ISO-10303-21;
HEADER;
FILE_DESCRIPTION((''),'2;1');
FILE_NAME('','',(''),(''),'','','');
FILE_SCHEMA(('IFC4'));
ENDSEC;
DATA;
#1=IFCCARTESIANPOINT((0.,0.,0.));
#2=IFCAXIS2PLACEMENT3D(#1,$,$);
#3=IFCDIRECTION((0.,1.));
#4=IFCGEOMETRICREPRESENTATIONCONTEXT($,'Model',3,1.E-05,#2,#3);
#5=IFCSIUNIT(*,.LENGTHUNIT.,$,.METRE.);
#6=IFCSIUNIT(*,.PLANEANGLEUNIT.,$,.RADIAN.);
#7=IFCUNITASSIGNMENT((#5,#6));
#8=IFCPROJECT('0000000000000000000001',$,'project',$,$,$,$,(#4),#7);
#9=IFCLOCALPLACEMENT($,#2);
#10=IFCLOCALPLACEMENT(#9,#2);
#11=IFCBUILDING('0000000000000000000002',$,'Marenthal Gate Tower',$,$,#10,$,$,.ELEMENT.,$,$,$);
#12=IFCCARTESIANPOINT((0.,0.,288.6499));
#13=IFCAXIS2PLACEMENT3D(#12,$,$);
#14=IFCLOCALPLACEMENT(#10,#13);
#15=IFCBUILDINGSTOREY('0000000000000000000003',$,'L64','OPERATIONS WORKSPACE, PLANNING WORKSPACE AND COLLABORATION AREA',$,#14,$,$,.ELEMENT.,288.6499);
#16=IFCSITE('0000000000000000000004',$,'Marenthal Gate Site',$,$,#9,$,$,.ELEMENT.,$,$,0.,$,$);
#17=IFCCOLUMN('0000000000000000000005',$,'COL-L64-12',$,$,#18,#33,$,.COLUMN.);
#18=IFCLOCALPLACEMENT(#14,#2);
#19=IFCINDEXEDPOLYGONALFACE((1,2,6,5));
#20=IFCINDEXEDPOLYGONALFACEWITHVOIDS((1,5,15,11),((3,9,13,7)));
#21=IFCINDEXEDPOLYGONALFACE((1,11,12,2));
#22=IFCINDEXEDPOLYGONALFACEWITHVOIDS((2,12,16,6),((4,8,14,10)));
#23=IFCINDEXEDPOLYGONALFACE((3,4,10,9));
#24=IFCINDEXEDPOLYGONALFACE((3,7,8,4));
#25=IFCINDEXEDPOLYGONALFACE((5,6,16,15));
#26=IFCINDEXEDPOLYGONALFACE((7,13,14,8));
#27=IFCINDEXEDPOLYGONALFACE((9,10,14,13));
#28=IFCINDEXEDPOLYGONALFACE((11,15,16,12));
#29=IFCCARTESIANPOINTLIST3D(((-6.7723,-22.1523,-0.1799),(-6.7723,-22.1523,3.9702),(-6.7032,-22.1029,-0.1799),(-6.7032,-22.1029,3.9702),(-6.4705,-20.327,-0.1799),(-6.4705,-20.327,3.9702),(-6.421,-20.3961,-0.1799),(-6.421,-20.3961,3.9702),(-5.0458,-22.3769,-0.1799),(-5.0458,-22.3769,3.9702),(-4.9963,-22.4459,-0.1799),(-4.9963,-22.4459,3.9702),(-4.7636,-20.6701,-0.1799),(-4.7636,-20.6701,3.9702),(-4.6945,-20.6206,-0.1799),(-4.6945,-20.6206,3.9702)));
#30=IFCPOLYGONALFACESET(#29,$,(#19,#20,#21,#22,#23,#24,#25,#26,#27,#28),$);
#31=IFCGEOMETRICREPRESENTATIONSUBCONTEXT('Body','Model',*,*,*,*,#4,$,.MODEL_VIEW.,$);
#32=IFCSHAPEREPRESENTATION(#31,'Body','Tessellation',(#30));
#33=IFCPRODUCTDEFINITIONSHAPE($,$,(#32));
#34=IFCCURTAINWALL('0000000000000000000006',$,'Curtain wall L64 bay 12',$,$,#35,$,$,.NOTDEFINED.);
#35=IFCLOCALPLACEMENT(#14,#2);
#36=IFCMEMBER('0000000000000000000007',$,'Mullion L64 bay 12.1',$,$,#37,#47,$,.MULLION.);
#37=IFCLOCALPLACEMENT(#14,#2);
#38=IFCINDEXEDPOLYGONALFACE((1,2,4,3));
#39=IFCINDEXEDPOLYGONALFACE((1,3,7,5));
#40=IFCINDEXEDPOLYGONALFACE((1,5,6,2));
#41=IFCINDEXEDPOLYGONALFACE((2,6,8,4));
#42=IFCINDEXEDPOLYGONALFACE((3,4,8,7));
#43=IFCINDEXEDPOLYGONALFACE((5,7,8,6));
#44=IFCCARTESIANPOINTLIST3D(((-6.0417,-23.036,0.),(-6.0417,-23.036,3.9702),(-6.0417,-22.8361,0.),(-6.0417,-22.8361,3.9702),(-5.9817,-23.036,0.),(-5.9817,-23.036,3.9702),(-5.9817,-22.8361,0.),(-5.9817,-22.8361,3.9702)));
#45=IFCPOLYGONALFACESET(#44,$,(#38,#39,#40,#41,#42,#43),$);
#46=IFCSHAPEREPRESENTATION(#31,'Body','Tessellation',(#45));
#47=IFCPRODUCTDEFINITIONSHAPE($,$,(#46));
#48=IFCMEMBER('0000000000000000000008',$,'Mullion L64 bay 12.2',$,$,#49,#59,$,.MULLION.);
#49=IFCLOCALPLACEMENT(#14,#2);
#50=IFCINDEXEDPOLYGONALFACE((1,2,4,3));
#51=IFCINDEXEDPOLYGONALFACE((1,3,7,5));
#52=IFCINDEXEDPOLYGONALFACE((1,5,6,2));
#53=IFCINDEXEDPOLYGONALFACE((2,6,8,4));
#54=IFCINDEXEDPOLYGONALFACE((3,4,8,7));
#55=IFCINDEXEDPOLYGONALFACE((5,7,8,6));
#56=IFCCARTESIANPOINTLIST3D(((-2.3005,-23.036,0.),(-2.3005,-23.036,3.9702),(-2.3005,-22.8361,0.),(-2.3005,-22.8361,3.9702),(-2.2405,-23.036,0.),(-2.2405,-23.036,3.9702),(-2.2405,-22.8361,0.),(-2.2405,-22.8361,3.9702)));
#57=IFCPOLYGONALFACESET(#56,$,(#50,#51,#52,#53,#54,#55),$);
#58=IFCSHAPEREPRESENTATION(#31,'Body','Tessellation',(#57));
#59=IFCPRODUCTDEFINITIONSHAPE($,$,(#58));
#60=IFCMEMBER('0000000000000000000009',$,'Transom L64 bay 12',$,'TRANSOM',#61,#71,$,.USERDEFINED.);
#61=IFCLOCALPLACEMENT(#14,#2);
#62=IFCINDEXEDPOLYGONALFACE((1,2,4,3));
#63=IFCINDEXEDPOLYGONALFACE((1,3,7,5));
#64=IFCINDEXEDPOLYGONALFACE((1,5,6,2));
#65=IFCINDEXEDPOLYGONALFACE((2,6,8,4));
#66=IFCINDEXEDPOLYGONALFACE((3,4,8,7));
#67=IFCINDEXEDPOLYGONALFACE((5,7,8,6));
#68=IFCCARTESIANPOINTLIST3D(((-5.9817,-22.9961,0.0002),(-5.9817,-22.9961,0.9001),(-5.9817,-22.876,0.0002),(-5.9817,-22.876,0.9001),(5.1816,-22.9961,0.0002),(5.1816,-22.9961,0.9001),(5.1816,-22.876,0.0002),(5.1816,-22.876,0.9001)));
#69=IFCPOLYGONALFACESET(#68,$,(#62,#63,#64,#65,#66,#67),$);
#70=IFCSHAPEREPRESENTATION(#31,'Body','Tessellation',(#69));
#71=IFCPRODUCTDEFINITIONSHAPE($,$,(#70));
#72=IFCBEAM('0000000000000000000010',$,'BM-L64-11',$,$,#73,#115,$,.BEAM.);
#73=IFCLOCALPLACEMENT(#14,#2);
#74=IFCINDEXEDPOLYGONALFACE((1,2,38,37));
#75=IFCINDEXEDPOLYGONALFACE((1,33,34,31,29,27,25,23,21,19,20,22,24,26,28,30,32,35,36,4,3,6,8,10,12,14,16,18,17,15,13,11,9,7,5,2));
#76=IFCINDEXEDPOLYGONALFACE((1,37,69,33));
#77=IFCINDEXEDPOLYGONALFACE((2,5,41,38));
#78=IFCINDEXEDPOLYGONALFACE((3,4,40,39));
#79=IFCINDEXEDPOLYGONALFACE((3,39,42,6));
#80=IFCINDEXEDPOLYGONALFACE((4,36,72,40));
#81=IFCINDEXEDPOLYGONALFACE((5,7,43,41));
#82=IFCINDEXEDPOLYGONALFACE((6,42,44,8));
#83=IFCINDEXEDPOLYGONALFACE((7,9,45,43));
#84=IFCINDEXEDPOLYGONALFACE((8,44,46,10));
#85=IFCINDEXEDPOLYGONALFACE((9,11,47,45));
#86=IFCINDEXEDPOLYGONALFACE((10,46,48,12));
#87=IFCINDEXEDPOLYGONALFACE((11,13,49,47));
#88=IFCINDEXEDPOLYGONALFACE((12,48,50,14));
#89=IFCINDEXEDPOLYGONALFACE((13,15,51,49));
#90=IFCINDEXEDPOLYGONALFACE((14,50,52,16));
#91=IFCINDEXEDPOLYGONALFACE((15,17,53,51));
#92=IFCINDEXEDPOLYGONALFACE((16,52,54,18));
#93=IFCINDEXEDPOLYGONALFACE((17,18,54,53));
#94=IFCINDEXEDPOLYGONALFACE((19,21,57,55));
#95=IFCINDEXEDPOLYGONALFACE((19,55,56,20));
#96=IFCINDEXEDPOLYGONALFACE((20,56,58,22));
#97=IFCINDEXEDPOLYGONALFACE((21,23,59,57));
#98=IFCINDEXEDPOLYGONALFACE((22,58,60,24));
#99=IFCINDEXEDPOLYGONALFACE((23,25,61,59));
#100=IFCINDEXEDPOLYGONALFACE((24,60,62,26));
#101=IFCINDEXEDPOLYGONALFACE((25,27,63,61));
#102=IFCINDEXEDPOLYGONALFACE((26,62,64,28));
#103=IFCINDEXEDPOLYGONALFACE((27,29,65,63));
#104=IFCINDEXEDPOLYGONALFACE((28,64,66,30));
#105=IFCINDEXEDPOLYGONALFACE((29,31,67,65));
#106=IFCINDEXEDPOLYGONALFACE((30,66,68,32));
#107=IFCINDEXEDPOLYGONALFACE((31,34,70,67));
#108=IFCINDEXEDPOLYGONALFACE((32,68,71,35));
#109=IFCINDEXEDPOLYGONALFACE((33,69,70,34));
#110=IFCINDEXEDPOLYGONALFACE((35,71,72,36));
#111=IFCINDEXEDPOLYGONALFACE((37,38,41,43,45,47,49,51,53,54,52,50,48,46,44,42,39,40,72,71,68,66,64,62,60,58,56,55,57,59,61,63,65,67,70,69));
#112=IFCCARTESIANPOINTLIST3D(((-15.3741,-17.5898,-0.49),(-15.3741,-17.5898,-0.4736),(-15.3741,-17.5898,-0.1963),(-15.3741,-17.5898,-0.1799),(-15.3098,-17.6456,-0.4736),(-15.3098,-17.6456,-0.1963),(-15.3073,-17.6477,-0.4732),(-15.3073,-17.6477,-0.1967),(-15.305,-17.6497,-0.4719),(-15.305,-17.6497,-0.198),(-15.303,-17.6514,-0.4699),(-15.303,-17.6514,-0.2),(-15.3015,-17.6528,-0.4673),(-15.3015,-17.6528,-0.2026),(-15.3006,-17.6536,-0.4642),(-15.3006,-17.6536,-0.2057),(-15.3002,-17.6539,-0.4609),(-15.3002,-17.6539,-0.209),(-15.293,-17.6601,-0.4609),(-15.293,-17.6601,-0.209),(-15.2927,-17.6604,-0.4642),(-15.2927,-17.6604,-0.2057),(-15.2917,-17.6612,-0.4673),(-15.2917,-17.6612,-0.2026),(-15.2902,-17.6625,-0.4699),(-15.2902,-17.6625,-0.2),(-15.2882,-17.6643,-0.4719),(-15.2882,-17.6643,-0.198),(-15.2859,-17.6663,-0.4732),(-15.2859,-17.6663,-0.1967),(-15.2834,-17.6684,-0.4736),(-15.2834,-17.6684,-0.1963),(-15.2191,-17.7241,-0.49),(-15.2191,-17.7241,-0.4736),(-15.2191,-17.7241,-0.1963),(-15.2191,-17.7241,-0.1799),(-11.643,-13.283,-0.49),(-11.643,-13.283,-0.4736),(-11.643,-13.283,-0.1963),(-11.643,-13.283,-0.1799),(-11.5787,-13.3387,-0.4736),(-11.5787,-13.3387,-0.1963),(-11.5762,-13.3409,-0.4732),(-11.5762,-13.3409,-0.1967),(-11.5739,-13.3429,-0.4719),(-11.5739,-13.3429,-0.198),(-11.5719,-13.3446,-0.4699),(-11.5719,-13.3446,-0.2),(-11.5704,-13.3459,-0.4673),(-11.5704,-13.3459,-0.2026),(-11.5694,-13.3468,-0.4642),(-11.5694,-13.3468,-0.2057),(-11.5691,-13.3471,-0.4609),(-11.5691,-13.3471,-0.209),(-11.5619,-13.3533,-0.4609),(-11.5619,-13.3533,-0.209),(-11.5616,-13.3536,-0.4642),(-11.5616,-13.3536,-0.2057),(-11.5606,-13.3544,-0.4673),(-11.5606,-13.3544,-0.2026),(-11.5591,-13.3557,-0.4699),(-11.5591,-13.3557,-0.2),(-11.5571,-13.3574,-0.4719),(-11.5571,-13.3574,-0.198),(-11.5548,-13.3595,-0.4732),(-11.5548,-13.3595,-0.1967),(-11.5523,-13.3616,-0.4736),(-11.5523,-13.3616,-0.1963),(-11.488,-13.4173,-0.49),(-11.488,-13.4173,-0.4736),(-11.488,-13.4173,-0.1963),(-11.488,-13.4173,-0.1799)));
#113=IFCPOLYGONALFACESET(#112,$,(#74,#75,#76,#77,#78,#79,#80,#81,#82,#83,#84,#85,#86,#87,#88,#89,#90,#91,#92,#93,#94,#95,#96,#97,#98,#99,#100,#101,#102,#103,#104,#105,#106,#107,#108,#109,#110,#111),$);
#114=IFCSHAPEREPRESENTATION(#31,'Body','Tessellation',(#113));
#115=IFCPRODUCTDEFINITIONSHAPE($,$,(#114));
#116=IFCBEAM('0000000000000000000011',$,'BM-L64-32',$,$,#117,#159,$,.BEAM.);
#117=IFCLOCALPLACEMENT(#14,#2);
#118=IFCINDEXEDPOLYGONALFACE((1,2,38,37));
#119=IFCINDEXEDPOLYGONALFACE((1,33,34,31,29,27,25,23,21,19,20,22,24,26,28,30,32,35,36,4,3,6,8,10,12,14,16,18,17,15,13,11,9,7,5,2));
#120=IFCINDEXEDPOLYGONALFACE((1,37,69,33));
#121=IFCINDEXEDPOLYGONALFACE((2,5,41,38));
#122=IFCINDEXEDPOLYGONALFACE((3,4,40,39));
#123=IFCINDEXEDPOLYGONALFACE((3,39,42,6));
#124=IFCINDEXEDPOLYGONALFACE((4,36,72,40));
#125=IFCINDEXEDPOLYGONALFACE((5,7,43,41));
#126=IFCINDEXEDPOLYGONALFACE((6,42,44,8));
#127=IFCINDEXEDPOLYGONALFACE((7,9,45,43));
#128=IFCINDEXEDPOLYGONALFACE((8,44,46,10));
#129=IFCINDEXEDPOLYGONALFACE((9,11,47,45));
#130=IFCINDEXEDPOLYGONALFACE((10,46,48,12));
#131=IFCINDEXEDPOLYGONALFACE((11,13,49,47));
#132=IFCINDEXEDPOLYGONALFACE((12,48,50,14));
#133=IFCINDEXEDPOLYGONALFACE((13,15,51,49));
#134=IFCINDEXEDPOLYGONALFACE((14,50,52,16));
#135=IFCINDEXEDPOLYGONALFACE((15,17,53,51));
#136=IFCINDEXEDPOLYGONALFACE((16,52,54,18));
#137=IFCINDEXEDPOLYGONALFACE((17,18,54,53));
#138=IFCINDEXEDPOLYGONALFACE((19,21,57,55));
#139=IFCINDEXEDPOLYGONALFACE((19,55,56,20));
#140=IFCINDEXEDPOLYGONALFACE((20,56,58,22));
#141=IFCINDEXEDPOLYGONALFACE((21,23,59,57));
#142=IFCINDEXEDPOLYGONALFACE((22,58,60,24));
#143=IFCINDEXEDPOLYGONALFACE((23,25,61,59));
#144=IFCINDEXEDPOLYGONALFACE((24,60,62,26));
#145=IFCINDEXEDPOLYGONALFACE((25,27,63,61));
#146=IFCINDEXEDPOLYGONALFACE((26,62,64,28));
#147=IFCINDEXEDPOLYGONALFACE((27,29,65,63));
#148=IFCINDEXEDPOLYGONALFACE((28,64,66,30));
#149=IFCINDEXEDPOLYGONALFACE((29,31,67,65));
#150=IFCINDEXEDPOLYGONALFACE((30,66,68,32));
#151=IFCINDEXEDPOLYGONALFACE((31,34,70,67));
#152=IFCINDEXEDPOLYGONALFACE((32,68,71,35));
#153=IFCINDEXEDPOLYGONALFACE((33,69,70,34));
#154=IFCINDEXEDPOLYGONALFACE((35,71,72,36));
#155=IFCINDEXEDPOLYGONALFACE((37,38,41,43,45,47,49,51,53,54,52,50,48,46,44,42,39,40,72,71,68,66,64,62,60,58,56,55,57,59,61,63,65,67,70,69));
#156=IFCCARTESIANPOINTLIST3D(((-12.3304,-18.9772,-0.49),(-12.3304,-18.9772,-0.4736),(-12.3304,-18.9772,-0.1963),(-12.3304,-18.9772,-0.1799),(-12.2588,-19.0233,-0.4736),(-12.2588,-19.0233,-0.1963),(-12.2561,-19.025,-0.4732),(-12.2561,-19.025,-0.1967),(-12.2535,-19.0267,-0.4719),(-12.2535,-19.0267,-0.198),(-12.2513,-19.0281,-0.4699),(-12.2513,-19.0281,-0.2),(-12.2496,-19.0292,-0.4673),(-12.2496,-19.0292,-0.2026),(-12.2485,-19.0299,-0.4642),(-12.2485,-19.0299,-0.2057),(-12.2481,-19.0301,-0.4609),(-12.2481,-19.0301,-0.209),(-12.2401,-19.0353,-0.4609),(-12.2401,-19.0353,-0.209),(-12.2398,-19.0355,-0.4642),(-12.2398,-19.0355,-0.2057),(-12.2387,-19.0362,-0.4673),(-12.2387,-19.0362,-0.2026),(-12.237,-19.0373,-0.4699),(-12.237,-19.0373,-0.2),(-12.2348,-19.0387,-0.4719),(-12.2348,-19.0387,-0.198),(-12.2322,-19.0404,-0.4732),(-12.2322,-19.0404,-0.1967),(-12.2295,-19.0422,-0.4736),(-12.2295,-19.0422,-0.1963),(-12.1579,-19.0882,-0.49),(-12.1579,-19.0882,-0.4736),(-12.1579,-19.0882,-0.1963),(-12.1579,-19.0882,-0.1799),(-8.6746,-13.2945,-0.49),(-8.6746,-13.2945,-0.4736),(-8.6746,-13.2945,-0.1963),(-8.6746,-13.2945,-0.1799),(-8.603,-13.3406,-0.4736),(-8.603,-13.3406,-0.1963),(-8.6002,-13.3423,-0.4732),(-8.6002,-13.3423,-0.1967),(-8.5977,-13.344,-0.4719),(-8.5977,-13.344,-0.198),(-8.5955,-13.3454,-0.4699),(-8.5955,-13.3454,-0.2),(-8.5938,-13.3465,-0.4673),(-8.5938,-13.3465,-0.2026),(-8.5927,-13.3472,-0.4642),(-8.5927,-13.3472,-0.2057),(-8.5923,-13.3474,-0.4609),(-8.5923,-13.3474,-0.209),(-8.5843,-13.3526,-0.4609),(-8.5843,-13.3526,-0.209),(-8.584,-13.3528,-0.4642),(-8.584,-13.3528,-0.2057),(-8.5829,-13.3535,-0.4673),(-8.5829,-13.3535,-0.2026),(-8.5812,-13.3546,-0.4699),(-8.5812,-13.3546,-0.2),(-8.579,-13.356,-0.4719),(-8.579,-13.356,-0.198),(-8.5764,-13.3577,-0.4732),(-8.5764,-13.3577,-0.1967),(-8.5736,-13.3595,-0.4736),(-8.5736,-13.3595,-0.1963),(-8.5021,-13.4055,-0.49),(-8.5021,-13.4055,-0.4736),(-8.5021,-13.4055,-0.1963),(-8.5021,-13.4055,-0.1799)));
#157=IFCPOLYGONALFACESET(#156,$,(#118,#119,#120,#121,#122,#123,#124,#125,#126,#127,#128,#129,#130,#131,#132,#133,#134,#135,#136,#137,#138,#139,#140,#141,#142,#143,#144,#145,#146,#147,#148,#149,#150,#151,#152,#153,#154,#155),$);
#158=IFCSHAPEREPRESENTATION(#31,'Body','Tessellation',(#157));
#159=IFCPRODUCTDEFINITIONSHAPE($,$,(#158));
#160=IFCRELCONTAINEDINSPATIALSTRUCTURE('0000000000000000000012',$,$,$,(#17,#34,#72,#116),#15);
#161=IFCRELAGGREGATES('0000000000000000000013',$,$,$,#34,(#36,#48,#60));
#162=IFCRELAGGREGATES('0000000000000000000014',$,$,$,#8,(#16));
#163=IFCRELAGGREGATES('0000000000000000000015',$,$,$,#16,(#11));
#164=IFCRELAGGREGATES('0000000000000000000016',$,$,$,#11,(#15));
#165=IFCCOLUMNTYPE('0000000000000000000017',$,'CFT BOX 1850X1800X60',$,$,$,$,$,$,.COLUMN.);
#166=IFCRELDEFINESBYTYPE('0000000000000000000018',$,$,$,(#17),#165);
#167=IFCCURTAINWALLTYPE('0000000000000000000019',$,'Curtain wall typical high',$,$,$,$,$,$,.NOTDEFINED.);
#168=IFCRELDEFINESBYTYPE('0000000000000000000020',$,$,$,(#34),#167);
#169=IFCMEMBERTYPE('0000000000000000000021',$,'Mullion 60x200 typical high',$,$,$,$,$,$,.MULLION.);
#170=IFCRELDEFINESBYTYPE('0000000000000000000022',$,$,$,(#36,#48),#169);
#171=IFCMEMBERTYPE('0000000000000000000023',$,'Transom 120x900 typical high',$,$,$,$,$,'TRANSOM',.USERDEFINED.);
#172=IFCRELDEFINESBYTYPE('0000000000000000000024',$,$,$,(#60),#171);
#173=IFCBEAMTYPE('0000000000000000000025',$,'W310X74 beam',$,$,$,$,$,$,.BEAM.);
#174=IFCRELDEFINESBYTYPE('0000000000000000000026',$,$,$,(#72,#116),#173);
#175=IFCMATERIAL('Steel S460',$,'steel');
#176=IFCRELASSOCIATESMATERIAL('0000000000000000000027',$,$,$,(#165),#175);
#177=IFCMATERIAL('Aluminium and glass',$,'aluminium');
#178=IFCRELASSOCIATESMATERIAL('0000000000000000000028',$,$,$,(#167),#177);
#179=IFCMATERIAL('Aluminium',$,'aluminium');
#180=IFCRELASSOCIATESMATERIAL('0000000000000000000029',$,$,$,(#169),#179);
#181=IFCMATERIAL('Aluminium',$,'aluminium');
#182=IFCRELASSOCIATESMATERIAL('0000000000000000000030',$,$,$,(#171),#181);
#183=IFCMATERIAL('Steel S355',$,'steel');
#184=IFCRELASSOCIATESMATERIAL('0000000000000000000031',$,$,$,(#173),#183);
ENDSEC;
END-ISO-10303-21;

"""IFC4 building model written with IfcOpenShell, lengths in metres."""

from ifc_helpers import new_model, si_unit, direction, frame, origin, origin_2d, place, context, subcontext, project, spatial, rectangle, hollow_rectangle, i_section, extrude, material, material_profile, profile_set, type_object, element, aggregate, save


model = new_model("IFC4")

# Units and contexts
model_context = context("Model", 3, precision=1e-05, world=origin(), true_north=direction((0.0, 1.0)))
body_context = subcontext(model_context, "Body", "Model", "MODEL_VIEW")
ifc_project = project(units=[si_unit("LENGTHUNIT", "METRE"), si_unit("PLANEANGLEUNIT", "RADIAN")], contexts=[model_context])

# Site, building, storey
site_placement = place(None, origin())
site = spatial("IfcSite", under=ifc_project, at=site_placement, Name="Marenthal Gate Site", CompositionType="ELEMENT", RefElevation=0.0)
building_placement = place(site_placement, origin())
building = spatial("IfcBuilding", under=site, at=building_placement, Name="Marenthal Gate Tower", CompositionType="ELEMENT")
storey_placement = place(building_placement, frame((0.0, 0.0, 288.6499)))
storey = spatial("IfcBuildingStorey", under=building, at=storey_placement, Name="L64", Description="OPERATIONS WORKSPACE, PLANNING WORKSPACE AND COLLABORATION AREA", CompositionType="ELEMENT", Elevation=288.6499)

# Column
ifc_material_1 = material(Name="Steel S460", Category="steel")
ifc_material_profile_1 = material_profile(ifc_material_1, hollow_rectangle(XDim=1.8, YDim=1.8501, WallThickness=0.0601, at=origin_2d()), Name="CFT BOX 1850X1800X60")
ifc_material_2 = material(Name="Concrete 70 MPa", Category="concrete")
ifc_material_profile_2 = material_profile(ifc_material_2, rectangle(XDim=1.6799, YDim=1.73, at=origin_2d()), Name="CFT BOX 1850X1800X60 INFILL")
ifc_profile_set_1 = profile_set([ifc_material_profile_1, ifc_material_profile_2], Name="Steel S460 shell, Concrete 70 MPa infill")
column_type = type_object("IfcColumnType", Name="CFT BOX 1850X1800X60", PredefinedType="COLUMN", material=ifc_profile_set_1)
column_placement = place(storey_placement, frame((-5.7334, -21.3865, -0.1799), z_axis=(0.0, 0.0, 1.0), x_axis=(-0.986606, 0.163119, 0.0)))
element("IfcColumn", 1, at=column_placement, inside=storey, type_object=column_type, Name="COL-L64-12", PredefinedType="COLUMN", context=body_context, shape_type="SweptSolid", body=[
    extrude(hollow_rectangle(XDim=1.8, YDim=1.8501, WallThickness=0.0601, at=origin_2d()), origin(), (0.0, 0.0, 1.0), 4.1501),
])

# Curtain wall, members
ifc_material_3 = material(Name="Aluminium and glass", Category="aluminium")
curtain_wall_type = type_object("IfcCurtainWallType", Name="Curtain wall typical high", PredefinedType="NOTDEFINED", material=ifc_material_3)
curtain_wall_placement = place(storey_placement, origin())
curtain_wall = element("IfcCurtainWall", 2, at=curtain_wall_placement, inside=storey, type_object=curtain_wall_type, Name="Curtain wall L64 bay 12", PredefinedType="NOTDEFINED")
ifc_material_4 = material(Name="Aluminium", Category="aluminium")
ifc_material_profile_3 = material_profile(ifc_material_4, rectangle(XDim=0.2, YDim=0.0601, at=origin_2d()), Name="60x200 aluminium mullion")
ifc_profile_set_2 = profile_set([ifc_material_profile_3], Name="Aluminium")
member_type_1 = type_object("IfcMemberType", Name="Mullion 60x200 typical high", PredefinedType="MULLION", material=ifc_profile_set_2)
member_1_placement = place(storey_placement, frame((-6.0117, -22.936, 0.0), z_axis=(0.0, 0.0, 1.0), x_axis=(0.0, 1.0, 0.0)))
member_1 = element("IfcMember", 3, at=member_1_placement, type_object=member_type_1, Name="Mullion L64 bay 12.1", PredefinedType="MULLION", context=body_context, shape_type="SweptSolid", body=[
    extrude(rectangle(XDim=0.2, YDim=0.0601, at=origin_2d()), origin(), (0.0, 0.0, 1.0), 3.9702),
])
member_2_placement = place(storey_placement, frame((-2.2705, -22.936, 0.0), z_axis=(0.0, 0.0, 1.0), x_axis=(0.0, 1.0, 0.0)))
member_2 = element("IfcMember", 4, at=member_2_placement, type_object=member_type_1, Name="Mullion L64 bay 12.2", PredefinedType="MULLION", context=body_context, shape_type="SweptSolid", body=[
    extrude(rectangle(XDim=0.2, YDim=0.0601, at=origin_2d()), origin(), (0.0, 0.0, 1.0), 3.9702),
])
ifc_material_5 = material(Name="Aluminium", Category="aluminium")
ifc_material_profile_4 = material_profile(ifc_material_5, rectangle(XDim=0.1201, YDim=0.8999, at=origin_2d()), Name="120x900 aluminium transom")
ifc_profile_set_3 = profile_set([ifc_material_profile_4], Name="Aluminium")
member_type_2 = type_object("IfcMemberType", Name="Transom 120x900 typical high", ElementType="TRANSOM", PredefinedType="USERDEFINED", material=ifc_profile_set_3)
member_3_placement = place(storey_placement, frame((-5.9817, -22.936, 0.4502), z_axis=(1.0, 0.0, 0.0), x_axis=(0.0, 1.0, 0.0)))
member_3 = element("IfcMember", 5, at=member_3_placement, type_object=member_type_2, Name="Transom L64 bay 12", ObjectType="TRANSOM", PredefinedType="USERDEFINED", context=body_context, shape_type="SweptSolid", body=[
    extrude(rectangle(XDim=0.1201, YDim=0.8999, at=origin_2d()), origin(), (0.0, 0.0, 1.0), 11.1633),
])

# Beams
ifc_material_6 = material(Name="Steel S355", Category="steel")
ifc_material_profile_5 = material_profile(ifc_material_6, i_section(OverallWidth=0.2051, OverallDepth=0.3101, WebThickness=0.0095, FlangeThickness=0.0164, FilletRadius=0.0127, at=origin_2d()), Name="W310X74")
ifc_profile_set_4 = profile_set([ifc_material_profile_5], Name="Steel S355")
beam_type_1 = type_object("IfcBeamType", Name="W310X74 beam", PredefinedType="BEAM", material=ifc_profile_set_4)
beam_1_placement = place(storey_placement, frame((-15.2966, -17.657, -0.335), z_axis=(0.654787, 0.755813, 0.0), x_axis=(-0.755813, 0.654787, 0.0)))
element("IfcBeam", 6, at=beam_1_placement, inside=storey, type_object=beam_type_1, Name="BM-L64-11", PredefinedType="BEAM", context=body_context, shape_type="SweptSolid", body=[
    extrude(i_section(OverallWidth=0.2051, OverallDepth=0.3101, WebThickness=0.0095, FlangeThickness=0.0164, FilletRadius=0.0127, at=origin_2d()), origin(), (0.0, 0.0, 1.0), 5.6982),
])
beam_2_placement = place(storey_placement, frame((-12.2441, -19.0327, -0.335), z_axis=(0.541035, 0.841, 0.0), x_axis=(-0.841, 0.541035, 0.0)))
element("IfcBeam", 7, at=beam_2_placement, inside=storey, type_object=beam_type_1, Name="BM-L64-32", PredefinedType="BEAM", context=body_context, shape_type="SweptSolid", body=[
    extrude(i_section(OverallWidth=0.2051, OverallDepth=0.3101, WebThickness=0.0095, FlangeThickness=0.0164, FilletRadius=0.0127, at=origin_2d()), origin(), (0.0, 0.0, 1.0), 6.7571),
])

aggregate(curtain_wall, [member_1, member_2, member_3])

save(model, "model.ifc")
